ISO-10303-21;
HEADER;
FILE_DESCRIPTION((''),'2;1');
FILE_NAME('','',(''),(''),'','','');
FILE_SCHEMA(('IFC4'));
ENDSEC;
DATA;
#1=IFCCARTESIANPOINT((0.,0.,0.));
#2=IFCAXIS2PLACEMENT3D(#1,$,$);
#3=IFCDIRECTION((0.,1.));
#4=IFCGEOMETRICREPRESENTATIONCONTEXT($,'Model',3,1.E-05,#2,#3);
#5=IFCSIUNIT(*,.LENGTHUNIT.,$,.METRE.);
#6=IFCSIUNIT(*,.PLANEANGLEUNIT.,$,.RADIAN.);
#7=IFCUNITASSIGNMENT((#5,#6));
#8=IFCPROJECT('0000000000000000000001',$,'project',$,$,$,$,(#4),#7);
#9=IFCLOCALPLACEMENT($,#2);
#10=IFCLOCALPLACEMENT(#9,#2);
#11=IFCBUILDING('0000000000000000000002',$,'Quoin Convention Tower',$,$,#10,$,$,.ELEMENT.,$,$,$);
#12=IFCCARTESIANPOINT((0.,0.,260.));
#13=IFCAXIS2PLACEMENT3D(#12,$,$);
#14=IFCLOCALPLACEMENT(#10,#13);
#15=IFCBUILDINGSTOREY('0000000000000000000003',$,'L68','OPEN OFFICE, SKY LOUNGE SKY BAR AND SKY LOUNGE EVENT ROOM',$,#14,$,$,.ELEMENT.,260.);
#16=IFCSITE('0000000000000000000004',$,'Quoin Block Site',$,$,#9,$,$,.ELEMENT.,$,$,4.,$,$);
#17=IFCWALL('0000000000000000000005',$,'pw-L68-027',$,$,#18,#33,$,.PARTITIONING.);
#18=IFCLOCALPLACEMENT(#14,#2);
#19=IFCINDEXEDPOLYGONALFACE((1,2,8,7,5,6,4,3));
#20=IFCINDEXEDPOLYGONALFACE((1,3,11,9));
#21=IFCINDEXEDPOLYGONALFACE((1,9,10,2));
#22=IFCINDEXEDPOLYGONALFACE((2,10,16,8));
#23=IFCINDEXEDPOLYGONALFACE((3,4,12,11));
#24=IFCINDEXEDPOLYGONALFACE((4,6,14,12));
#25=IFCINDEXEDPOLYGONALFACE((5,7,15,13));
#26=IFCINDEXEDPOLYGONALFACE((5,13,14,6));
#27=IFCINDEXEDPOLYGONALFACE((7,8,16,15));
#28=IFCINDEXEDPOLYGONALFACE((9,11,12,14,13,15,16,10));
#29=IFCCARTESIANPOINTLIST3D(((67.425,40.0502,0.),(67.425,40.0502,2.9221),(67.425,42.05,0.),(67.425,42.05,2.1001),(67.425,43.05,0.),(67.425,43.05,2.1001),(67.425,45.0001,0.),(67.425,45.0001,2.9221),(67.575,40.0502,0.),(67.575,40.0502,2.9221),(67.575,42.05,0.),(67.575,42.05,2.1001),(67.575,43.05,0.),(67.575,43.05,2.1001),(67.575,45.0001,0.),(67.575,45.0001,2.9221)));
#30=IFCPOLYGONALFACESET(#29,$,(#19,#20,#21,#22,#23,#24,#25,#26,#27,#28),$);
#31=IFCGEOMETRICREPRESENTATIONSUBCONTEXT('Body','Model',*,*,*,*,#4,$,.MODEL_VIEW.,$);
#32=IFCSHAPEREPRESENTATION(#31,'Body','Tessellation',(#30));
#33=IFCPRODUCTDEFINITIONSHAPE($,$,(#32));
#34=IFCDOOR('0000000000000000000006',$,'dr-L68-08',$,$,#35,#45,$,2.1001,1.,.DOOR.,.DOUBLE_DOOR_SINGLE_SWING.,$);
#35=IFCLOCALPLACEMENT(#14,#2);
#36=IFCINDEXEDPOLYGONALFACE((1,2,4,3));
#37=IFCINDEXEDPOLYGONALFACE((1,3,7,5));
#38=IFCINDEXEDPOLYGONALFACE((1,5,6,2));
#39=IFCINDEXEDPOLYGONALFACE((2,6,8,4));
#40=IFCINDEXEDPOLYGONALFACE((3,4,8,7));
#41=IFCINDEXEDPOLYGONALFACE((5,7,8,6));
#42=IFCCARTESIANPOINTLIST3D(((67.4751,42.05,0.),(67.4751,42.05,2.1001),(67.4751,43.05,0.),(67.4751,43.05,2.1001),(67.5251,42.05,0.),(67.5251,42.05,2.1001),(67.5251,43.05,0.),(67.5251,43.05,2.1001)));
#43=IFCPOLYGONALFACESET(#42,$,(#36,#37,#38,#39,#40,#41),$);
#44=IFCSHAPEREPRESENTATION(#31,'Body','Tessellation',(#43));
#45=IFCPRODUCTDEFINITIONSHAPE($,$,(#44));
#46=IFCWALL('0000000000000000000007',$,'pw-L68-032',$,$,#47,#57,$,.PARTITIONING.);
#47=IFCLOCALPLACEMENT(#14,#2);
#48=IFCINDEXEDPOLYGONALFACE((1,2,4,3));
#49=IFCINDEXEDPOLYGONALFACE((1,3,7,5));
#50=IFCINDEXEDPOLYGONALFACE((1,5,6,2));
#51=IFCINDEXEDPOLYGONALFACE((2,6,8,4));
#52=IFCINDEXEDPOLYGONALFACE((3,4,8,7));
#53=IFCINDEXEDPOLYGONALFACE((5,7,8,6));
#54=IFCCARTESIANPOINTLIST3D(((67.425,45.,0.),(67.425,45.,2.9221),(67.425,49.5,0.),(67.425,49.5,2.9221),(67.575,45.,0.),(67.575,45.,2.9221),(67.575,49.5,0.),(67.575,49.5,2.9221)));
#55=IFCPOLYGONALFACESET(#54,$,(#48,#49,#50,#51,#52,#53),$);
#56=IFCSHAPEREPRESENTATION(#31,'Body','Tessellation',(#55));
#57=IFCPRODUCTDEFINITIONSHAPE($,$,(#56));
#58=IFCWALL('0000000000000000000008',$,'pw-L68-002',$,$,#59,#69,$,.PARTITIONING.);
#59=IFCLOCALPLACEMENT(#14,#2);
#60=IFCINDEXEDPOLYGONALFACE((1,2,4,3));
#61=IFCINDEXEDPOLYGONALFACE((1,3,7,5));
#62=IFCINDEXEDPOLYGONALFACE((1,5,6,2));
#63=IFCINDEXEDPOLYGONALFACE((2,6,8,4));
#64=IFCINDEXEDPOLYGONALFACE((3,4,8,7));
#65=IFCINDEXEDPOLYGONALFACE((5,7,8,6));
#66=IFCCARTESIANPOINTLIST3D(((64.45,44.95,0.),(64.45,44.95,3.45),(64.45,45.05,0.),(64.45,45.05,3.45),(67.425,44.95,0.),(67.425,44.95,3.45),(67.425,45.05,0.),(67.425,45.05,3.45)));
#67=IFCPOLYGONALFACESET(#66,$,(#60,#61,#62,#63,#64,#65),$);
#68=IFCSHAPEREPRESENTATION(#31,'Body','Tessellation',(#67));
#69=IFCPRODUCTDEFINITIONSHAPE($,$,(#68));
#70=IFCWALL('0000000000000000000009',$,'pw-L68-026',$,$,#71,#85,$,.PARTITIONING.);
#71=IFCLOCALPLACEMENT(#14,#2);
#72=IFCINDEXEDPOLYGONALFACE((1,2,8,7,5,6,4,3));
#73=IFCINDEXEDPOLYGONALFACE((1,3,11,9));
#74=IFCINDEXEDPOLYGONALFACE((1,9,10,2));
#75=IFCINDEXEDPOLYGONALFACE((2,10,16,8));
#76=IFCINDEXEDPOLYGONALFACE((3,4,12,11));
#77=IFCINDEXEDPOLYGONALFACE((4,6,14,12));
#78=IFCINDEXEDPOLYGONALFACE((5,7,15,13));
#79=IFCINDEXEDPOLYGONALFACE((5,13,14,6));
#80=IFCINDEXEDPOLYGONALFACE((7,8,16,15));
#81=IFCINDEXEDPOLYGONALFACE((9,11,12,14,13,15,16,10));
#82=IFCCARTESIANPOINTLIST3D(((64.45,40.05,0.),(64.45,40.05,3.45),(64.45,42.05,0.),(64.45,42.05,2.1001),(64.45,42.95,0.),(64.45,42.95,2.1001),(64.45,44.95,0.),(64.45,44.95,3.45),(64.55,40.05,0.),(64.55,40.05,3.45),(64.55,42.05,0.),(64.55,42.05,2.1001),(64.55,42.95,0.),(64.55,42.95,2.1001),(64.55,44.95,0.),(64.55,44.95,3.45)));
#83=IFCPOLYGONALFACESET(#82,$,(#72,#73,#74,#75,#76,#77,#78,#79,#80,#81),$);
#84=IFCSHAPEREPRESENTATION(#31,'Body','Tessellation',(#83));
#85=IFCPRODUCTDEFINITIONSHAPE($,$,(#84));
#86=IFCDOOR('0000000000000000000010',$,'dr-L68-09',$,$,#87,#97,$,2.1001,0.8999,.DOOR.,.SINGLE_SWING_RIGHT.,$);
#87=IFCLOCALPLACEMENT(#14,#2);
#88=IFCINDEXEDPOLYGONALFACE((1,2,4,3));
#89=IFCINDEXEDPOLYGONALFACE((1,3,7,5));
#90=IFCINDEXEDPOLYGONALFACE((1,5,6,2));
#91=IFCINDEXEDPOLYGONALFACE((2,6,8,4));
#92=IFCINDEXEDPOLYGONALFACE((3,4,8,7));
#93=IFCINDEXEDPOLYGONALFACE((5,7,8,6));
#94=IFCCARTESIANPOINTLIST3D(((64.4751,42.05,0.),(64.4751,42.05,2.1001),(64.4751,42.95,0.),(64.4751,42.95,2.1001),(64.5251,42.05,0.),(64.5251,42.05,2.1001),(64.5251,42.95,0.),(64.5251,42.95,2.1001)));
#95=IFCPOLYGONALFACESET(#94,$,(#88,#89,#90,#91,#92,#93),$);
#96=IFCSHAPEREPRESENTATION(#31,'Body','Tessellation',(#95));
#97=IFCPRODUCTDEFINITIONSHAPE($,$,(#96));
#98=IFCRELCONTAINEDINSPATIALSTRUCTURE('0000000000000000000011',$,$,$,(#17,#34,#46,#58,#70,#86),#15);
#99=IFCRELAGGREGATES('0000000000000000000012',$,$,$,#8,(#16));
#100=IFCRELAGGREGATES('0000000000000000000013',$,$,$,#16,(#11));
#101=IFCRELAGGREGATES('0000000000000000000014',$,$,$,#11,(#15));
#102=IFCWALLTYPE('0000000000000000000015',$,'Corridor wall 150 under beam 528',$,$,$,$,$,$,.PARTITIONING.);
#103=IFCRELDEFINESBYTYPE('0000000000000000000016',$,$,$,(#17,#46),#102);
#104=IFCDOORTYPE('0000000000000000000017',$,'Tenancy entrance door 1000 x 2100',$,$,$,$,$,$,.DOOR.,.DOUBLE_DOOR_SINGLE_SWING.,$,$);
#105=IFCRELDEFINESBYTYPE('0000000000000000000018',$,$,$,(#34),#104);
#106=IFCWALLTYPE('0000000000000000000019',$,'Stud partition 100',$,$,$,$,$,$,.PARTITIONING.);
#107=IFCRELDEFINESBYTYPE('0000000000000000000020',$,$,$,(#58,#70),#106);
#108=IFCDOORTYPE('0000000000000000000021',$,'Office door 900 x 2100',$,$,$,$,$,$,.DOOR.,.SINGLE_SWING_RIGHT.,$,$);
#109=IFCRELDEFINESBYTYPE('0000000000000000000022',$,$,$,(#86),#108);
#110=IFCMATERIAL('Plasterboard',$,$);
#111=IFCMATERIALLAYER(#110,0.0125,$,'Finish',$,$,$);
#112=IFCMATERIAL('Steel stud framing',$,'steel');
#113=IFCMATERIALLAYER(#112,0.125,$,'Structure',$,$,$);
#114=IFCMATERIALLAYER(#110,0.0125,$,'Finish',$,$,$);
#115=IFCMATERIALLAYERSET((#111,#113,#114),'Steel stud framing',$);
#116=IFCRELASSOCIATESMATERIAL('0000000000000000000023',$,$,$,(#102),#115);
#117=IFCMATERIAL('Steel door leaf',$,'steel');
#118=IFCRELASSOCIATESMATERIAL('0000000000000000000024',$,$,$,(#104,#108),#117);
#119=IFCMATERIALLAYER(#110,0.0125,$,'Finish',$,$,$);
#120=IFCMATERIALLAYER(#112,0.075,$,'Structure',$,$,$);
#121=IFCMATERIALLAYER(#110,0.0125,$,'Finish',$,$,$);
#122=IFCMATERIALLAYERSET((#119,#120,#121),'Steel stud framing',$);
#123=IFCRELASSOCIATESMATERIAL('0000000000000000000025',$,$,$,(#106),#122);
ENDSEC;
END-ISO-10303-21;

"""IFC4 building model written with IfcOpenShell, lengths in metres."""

from ifc_helpers import new_model, si_unit, direction, frame, frame_2d, origin, place, context, subcontext, project, spatial, rectangle, extrude, material, layer, layer_set, type_object, element, fill, save


model = new_model("IFC4")

# Units and contexts
model_context = context("Model", 3, precision=1e-05, world=origin(), true_north=direction((0.0, 1.0)))
body_context = subcontext(model_context, "Body", "Model", "MODEL_VIEW")
ifc_project = project(units=[si_unit("LENGTHUNIT", "METRE"), si_unit("PLANEANGLEUNIT", "RADIAN")], contexts=[model_context])

# Site, building, storey
site_placement = place(None, origin())
site = spatial("IfcSite", under=ifc_project, at=site_placement, Name="Quoin Block Site", CompositionType="ELEMENT", RefElevation=4.0)
building_placement = place(site_placement, origin())
building = spatial("IfcBuilding", under=site, at=building_placement, Name="Quoin Convention Tower", CompositionType="ELEMENT")
storey_placement = place(building_placement, frame((0.0, 0.0, 260.0)))
storey = spatial("IfcBuildingStorey", under=building, at=storey_placement, Name="L68", Description="OPEN OFFICE, SKY LOUNGE SKY BAR AND SKY LOUNGE EVENT ROOM", CompositionType="ELEMENT", Elevation=260.0)

# Wall, opening, door
ifc_material_1 = material(Name="Plasterboard")
ifc_layer_1 = layer(ifc_material_1, 0.0125, Name="Finish")
ifc_material_2 = material(Name="Steel stud framing", Category="steel")
ifc_layer_2 = layer(ifc_material_2, 0.125, Name="Structure")
ifc_layer_3 = layer(ifc_material_1, 0.0125, Name="Finish")
ifc_layer_set_1 = layer_set([ifc_layer_1, ifc_layer_2, ifc_layer_3], Name="Steel stud framing")
wall_type_1 = type_object("IfcWallType", Name="Corridor wall 150 under beam 528", PredefinedType="PARTITIONING", material=ifc_layer_set_1)
wall_1_placement = place(storey_placement, frame((67.5, 40.05, 0.0), z_axis=(0.0, 0.0, 1.0), x_axis=(0.0, 1.0, 0.0)))
wall_1 = element("IfcWall", 1, at=wall_1_placement, inside=storey, type_object=wall_type_1, Name="pw-L68-027", PredefinedType="PARTITIONING", context=body_context, shape_type="SweptSolid", body=[
    extrude(rectangle(XDim=4.95, YDim=0.1499, at=frame_2d((2.4751, 0.0))), origin(), (0.0, 0.0, 1.0), 2.9221),
])
opening_1_placement = place(wall_1_placement, frame((2.0, 0.0, 0.0)))
opening_1 = element("IfcOpeningElement", 2, at=opening_1_placement, cuts=wall_1, PredefinedType="OPENING", context=body_context, shape_type="SweptSolid", body=[
    extrude(rectangle(XDim=1.0, YDim=2.1001, at=frame_2d((0.5, 1.05))), frame((0.0, 0.085, 0.0), z_axis=(0.0, -1.0, 0.0), x_axis=(1.0, 0.0, 0.0)), (0.0, 0.0, 1.0), 0.1699),
])
ifc_material_3 = material(Name="Steel door leaf", Category="steel")
door_type_1 = type_object("IfcDoorType", Name="Tenancy entrance door 1000 x 2100", OperationType="DOUBLE_DOOR_SINGLE_SWING", PredefinedType="DOOR", material=ifc_material_3)
door_1_placement = place(opening_1_placement, origin())
door_1 = element("IfcDoor", 3, at=door_1_placement, inside=storey, type_object=door_type_1, Name="dr-L68-08", OperationType="DOUBLE_DOOR_SINGLE_SWING", OverallHeight=2.1001, OverallWidth=1.0, PredefinedType="DOOR", context=body_context, shape_type="SweptSolid", body=[
    extrude(rectangle(XDim=1.0, YDim=2.1001, at=frame_2d((0.5, 1.05))), frame((0.0, 0.0249, 0.0), z_axis=(0.0, -1.0, 0.0), x_axis=(1.0, 0.0, 0.0)), (0.0, 0.0, 1.0), 0.05),
])
fill(opening_1, door_1)

# Walls
wall_2_placement = place(storey_placement, frame((67.5, 45.0, 0.0), z_axis=(0.0, 0.0, 1.0), x_axis=(0.0, 1.0, 0.0)))
element("IfcWall", 4, at=wall_2_placement, inside=storey, type_object=wall_type_1, Name="pw-L68-032", PredefinedType="PARTITIONING", context=body_context, shape_type="SweptSolid", body=[
    extrude(rectangle(XDim=4.5, YDim=0.1499, at=frame_2d((2.25, 0.0))), origin(), (0.0, 0.0, 1.0), 2.9221),
])
ifc_layer_4 = layer(ifc_material_1, 0.0125, Name="Finish")
ifc_layer_5 = layer(ifc_material_2, 0.075, Name="Structure")
ifc_layer_6 = layer(ifc_material_1, 0.0125, Name="Finish")
ifc_layer_set_2 = layer_set([ifc_layer_4, ifc_layer_5, ifc_layer_6], Name="Steel stud framing")
wall_type_2 = type_object("IfcWallType", Name="Stud partition 100", PredefinedType="PARTITIONING", material=ifc_layer_set_2)
wall_3_placement = place(storey_placement, frame((64.45, 45.0, 0.0), z_axis=(0.0, 0.0, 1.0), x_axis=(1.0, 0.0, 0.0)))
element("IfcWall", 5, at=wall_3_placement, inside=storey, type_object=wall_type_2, Name="pw-L68-002", PredefinedType="PARTITIONING", context=body_context, shape_type="SweptSolid", body=[
    extrude(rectangle(XDim=2.9751, YDim=0.1001, at=frame_2d((1.4875, 0.0))), origin(), (0.0, 0.0, 1.0), 3.45),
])

# Wall, opening, door
wall_4_placement = place(storey_placement, frame((64.5, 40.05, 0.0), z_axis=(0.0, 0.0, 1.0), x_axis=(0.0, 1.0, 0.0)))
wall_4 = element("IfcWall", 6, at=wall_4_placement, inside=storey, type_object=wall_type_2, Name="pw-L68-026", PredefinedType="PARTITIONING", context=body_context, shape_type="SweptSolid", body=[
    extrude(rectangle(XDim=4.8999, YDim=0.1001, at=frame_2d((2.45, 0.0))), origin(), (0.0, 0.0, 1.0), 3.45),
])
opening_2_placement = place(wall_4_placement, frame((2.0, 0.0, 0.0)))
opening_2 = element("IfcOpeningElement", 7, at=opening_2_placement, cuts=wall_4, PredefinedType="OPENING", context=body_context, shape_type="SweptSolid", body=[
    extrude(rectangle(XDim=0.8999, YDim=2.1001, at=frame_2d((0.45, 1.05))), frame((0.0, 0.0601, 0.0), z_axis=(0.0, -1.0, 0.0), x_axis=(1.0, 0.0, 0.0)), (0.0, 0.0, 1.0), 0.1201),
])
door_type_2 = type_object("IfcDoorType", Name="Office door 900 x 2100", OperationType="SINGLE_SWING_RIGHT", PredefinedType="DOOR", material=ifc_material_3)
door_2_placement = place(opening_2_placement, origin())
door_2 = element("IfcDoor", 8, at=door_2_placement, inside=storey, type_object=door_type_2, Name="dr-L68-09", OperationType="SINGLE_SWING_RIGHT", OverallHeight=2.1001, OverallWidth=0.8999, PredefinedType="DOOR", context=body_context, shape_type="SweptSolid", body=[
    extrude(rectangle(XDim=0.8999, YDim=2.1001, at=frame_2d((0.45, 1.05))), frame((0.0, 0.0249, 0.0), z_axis=(0.0, -1.0, 0.0), x_axis=(1.0, 0.0, 0.0)), (0.0, 0.0, 1.0), 0.05),
])
fill(opening_2, door_2)

save(model, "model.ifc")
